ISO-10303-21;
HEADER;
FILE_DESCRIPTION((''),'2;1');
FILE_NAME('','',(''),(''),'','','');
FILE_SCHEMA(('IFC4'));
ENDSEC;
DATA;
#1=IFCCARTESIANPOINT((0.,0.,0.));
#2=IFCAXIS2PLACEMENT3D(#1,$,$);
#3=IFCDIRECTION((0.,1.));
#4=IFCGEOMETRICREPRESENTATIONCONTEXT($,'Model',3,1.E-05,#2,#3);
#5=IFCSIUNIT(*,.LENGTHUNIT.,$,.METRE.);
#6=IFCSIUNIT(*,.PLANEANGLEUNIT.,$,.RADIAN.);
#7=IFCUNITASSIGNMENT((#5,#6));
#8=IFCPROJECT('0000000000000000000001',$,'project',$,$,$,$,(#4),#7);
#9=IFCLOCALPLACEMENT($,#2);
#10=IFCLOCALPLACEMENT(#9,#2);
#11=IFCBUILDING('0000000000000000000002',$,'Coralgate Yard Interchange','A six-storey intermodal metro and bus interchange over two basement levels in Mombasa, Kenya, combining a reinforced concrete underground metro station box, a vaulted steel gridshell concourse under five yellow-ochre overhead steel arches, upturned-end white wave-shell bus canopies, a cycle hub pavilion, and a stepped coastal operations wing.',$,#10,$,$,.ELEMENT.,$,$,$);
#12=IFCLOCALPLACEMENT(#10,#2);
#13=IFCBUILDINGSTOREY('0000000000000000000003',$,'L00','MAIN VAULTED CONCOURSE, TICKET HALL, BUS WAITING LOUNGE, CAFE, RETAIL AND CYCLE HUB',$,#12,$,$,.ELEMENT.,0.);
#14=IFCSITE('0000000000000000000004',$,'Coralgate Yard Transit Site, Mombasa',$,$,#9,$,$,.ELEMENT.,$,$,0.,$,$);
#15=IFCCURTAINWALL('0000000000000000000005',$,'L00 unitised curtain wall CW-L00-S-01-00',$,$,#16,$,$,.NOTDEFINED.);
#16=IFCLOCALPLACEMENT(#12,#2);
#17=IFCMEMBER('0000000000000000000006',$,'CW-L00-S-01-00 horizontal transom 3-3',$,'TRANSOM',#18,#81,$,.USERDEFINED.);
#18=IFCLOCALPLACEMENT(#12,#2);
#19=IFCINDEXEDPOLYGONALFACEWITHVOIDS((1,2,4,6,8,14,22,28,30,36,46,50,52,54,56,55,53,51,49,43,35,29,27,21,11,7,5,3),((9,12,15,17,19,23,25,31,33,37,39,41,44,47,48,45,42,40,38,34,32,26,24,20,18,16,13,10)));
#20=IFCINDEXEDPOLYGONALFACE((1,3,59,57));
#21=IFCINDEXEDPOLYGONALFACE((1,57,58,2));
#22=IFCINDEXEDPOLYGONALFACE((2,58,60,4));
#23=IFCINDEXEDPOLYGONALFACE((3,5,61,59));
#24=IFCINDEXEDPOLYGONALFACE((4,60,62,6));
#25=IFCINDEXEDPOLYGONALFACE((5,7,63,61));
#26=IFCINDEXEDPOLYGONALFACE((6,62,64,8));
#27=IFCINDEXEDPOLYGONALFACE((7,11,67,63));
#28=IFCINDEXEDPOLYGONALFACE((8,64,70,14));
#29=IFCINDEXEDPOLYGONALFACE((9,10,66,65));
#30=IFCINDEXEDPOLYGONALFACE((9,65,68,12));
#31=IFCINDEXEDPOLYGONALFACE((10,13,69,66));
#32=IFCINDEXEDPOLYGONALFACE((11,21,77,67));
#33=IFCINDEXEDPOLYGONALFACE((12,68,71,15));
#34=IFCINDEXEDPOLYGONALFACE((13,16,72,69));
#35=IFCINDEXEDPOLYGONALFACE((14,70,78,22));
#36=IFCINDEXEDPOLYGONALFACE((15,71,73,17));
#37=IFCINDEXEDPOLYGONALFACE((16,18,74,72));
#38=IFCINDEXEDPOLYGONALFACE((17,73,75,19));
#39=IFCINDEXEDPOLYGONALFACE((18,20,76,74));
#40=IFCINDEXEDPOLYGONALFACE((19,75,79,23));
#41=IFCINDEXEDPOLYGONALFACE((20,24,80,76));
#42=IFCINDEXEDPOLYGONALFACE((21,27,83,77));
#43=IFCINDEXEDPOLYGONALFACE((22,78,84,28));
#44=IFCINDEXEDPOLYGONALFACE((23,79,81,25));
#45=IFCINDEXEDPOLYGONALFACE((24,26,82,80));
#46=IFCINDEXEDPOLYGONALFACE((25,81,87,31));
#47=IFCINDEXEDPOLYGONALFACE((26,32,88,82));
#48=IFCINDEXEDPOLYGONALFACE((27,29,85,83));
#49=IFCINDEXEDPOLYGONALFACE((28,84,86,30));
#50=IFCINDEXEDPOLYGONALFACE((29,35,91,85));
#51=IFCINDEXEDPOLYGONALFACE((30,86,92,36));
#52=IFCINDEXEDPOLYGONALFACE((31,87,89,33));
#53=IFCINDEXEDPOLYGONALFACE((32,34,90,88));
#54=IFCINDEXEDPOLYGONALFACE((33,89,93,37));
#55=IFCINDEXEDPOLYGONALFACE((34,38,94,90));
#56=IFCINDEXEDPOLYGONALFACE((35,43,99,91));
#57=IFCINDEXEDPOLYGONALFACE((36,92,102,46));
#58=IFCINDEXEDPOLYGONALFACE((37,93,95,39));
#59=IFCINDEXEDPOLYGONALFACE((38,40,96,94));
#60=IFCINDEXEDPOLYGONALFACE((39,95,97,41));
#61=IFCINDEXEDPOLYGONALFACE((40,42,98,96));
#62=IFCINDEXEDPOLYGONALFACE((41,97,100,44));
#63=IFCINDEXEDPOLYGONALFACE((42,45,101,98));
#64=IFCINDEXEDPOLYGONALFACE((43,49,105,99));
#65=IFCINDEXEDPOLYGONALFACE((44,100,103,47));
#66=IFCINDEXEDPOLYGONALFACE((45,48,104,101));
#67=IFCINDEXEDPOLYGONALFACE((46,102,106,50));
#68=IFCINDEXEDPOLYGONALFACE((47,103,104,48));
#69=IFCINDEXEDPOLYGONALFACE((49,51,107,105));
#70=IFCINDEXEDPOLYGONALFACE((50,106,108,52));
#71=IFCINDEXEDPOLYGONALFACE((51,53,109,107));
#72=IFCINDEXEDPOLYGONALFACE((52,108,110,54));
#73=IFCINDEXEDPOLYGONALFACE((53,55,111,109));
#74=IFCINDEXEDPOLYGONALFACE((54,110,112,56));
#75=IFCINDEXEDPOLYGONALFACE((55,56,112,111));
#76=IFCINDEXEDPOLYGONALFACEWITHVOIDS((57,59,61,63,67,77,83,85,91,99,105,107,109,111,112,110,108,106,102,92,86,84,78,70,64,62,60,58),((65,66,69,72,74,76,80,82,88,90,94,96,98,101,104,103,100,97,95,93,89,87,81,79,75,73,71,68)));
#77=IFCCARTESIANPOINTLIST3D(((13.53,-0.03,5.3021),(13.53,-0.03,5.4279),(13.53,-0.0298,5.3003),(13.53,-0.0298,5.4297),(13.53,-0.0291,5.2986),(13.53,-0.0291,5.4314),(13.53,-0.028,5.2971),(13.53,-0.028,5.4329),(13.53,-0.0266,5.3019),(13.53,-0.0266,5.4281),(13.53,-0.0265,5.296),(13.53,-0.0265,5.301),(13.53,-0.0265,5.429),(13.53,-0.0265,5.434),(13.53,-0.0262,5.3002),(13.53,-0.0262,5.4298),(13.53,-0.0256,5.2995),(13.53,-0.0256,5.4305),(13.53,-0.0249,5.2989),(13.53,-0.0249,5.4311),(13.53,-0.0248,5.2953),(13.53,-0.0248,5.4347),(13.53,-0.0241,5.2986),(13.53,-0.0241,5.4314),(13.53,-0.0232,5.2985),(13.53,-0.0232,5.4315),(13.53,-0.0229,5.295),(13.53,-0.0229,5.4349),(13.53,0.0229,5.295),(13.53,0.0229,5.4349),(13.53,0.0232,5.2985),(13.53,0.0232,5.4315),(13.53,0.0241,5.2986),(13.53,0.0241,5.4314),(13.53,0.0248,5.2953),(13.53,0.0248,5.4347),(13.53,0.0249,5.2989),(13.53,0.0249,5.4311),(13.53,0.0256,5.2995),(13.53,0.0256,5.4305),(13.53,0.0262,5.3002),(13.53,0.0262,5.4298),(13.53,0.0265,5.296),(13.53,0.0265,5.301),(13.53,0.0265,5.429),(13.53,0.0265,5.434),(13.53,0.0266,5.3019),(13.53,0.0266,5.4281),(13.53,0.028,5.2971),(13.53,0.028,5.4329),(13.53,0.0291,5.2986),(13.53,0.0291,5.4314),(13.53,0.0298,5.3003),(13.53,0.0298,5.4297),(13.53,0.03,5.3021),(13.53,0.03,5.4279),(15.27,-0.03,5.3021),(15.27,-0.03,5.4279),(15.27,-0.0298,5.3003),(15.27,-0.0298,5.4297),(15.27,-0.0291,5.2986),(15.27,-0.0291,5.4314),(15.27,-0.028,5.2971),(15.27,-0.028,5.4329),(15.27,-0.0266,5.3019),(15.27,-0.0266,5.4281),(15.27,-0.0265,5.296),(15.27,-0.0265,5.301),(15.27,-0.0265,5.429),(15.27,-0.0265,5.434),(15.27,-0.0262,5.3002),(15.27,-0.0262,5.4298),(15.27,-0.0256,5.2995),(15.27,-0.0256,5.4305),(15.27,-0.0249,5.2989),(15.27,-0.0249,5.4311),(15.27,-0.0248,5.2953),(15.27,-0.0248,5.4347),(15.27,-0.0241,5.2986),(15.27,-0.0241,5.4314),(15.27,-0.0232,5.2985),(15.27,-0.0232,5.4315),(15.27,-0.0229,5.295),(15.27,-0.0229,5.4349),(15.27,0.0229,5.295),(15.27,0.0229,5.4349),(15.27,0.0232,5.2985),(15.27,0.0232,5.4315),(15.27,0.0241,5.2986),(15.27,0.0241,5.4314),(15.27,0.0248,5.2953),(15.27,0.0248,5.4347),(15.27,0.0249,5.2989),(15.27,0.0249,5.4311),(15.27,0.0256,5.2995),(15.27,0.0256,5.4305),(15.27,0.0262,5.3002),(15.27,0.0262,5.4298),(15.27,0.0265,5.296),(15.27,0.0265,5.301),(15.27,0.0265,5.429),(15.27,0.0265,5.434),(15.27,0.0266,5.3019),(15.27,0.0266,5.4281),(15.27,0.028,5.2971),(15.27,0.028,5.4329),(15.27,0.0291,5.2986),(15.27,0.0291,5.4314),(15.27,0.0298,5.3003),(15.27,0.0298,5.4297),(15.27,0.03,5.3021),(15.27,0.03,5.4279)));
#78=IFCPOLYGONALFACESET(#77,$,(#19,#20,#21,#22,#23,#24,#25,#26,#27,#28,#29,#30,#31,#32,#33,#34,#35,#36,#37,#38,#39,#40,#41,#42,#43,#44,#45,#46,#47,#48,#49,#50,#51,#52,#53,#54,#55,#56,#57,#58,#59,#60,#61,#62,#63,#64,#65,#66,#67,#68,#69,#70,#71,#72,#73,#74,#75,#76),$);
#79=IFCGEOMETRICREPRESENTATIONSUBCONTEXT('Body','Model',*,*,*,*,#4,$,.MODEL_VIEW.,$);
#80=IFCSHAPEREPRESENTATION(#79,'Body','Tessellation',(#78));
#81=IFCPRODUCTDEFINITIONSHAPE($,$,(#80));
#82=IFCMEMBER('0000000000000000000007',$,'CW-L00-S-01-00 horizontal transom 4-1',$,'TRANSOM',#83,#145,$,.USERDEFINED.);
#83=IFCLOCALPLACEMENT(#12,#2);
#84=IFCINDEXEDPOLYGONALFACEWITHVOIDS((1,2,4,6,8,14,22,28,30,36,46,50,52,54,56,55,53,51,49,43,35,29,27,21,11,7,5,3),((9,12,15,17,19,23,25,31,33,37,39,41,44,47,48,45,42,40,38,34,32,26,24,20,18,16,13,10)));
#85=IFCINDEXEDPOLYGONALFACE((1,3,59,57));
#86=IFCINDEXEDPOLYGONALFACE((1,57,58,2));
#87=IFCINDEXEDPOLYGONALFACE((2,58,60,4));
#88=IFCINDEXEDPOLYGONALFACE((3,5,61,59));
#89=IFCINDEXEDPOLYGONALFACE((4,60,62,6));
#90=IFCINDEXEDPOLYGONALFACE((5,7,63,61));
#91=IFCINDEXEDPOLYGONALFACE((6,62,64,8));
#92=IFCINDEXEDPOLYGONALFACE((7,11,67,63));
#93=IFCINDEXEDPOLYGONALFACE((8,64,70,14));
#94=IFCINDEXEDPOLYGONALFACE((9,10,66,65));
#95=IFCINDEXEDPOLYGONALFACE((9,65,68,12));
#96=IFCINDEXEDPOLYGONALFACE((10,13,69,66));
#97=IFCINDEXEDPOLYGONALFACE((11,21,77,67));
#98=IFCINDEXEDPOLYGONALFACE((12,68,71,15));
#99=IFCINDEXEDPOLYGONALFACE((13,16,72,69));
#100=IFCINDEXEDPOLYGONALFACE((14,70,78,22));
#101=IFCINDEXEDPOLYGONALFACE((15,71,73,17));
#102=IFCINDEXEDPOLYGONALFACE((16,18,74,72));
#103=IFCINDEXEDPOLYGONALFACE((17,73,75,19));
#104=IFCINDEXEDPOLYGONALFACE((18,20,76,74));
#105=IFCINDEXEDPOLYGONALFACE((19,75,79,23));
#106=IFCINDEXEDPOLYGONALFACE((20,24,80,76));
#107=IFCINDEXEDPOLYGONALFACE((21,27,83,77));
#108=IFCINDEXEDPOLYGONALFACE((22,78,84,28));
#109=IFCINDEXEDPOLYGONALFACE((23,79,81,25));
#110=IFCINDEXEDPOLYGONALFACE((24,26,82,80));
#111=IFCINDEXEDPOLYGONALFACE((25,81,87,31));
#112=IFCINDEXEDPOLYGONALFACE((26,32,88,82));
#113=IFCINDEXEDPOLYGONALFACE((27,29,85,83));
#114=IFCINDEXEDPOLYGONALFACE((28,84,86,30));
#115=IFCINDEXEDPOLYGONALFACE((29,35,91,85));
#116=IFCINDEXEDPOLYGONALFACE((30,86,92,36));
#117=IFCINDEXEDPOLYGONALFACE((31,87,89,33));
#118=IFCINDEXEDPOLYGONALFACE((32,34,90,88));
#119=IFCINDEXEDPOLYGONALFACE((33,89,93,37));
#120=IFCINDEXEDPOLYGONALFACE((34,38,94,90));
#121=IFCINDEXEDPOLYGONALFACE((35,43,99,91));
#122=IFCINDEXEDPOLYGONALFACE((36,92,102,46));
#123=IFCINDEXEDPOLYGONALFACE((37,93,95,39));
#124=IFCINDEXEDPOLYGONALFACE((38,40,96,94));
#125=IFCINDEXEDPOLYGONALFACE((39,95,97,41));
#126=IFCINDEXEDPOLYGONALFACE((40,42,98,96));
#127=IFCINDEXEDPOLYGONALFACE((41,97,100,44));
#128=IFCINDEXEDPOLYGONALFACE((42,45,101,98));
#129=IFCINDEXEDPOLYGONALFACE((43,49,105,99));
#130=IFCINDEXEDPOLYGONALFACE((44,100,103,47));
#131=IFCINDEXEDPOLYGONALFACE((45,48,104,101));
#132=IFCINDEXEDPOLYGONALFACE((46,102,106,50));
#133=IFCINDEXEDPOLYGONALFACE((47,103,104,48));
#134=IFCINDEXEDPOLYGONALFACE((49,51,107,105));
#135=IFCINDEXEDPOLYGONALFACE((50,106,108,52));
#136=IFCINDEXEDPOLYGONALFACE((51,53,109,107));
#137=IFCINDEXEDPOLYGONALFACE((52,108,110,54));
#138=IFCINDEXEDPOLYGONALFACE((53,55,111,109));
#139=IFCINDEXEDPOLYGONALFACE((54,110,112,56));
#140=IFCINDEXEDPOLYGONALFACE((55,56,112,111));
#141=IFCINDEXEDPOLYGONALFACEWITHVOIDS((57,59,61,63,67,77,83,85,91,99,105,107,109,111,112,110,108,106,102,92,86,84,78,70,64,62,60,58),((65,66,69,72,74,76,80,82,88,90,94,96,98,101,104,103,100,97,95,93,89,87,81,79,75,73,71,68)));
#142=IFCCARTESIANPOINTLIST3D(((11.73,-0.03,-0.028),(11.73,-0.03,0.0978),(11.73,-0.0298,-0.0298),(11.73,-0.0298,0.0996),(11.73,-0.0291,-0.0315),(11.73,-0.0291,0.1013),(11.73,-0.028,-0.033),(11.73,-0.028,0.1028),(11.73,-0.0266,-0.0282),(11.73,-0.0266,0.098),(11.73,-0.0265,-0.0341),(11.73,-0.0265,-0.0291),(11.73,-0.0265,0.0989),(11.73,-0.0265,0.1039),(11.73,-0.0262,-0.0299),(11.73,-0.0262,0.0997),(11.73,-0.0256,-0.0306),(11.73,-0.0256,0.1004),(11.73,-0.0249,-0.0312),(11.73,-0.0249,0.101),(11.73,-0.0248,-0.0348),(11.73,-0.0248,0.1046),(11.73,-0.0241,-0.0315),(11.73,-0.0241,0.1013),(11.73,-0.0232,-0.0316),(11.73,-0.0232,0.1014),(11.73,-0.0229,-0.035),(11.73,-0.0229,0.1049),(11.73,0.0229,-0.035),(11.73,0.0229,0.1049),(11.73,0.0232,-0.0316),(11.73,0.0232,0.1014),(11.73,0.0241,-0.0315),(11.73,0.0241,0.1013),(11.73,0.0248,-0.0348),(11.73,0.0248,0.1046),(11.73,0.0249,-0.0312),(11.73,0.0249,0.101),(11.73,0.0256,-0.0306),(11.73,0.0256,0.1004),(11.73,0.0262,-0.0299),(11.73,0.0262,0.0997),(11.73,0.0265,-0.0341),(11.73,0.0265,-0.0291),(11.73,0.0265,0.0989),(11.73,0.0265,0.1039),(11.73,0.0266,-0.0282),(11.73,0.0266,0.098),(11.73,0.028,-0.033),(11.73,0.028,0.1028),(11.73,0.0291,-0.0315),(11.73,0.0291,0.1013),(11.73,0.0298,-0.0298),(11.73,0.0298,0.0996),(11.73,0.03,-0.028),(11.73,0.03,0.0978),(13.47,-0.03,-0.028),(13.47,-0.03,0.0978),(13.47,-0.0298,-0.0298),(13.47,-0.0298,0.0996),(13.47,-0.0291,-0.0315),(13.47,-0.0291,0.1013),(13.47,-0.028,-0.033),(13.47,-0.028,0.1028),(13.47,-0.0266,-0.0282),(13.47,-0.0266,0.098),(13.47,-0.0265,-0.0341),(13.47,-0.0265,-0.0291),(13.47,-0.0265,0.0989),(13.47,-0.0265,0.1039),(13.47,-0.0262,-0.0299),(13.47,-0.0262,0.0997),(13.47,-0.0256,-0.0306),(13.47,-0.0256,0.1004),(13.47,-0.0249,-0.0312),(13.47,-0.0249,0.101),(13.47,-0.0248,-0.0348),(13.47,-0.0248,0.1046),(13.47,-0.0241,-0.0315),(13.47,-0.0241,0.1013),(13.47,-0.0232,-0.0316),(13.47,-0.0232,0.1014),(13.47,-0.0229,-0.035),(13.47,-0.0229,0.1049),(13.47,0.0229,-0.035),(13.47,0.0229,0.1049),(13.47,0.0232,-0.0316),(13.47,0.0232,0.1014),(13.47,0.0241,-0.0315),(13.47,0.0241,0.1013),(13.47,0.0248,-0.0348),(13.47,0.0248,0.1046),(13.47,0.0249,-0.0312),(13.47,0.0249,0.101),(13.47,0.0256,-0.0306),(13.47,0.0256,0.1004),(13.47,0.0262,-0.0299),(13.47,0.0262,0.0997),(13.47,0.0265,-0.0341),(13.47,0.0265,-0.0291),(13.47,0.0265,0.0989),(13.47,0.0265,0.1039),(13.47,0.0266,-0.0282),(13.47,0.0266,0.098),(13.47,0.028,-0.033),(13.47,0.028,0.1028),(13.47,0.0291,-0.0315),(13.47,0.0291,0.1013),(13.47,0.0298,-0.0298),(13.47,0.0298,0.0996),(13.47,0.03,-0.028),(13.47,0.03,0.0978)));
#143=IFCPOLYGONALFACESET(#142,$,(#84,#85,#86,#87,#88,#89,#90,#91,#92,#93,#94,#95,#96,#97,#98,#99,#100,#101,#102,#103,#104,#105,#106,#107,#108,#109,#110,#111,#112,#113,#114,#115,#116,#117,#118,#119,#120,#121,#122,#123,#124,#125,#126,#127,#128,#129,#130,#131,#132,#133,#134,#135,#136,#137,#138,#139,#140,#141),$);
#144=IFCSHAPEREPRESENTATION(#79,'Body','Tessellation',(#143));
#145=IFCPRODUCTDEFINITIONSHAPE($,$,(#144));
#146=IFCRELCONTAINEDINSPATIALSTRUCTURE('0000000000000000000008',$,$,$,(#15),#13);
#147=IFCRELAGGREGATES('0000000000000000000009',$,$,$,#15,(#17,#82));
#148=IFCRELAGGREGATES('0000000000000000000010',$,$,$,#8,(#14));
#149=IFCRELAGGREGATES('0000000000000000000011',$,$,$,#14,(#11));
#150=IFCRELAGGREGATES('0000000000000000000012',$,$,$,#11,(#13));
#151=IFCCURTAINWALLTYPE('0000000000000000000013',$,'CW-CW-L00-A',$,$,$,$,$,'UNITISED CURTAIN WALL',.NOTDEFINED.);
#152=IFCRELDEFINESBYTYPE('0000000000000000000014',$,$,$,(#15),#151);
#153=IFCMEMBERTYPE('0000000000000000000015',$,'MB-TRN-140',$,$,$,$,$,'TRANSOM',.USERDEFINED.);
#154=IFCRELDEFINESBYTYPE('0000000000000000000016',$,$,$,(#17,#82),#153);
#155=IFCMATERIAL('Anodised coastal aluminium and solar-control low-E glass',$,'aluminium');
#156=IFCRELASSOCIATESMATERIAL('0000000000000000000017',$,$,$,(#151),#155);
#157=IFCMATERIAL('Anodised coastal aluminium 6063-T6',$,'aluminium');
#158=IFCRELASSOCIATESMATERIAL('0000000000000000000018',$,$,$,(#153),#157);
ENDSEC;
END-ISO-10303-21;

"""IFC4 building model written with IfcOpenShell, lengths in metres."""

from ifc_helpers import new_model, si_unit, direction, frame, origin, origin_2d, place, context, subcontext, project, spatial, hollow_rectangle, extrude, material, material_profile, profile_set, type_object, element, aggregate, save


model = new_model("IFC4")

# Units and contexts
model_context = context("Model", 3, precision=1e-05, world=origin(), true_north=direction((0.0, 1.0)))
body_context = subcontext(model_context, "Body", "Model", "MODEL_VIEW")
ifc_project = project(units=[si_unit("LENGTHUNIT", "METRE"), si_unit("PLANEANGLEUNIT", "RADIAN")], contexts=[model_context])

# Site, building, storey
site_placement = place(None, origin())
site = spatial("IfcSite", under=ifc_project, at=site_placement, Name="Coralgate Yard Transit Site, Mombasa", CompositionType="ELEMENT", RefElevation=0.0)
building_placement = place(site_placement, origin())
building = spatial("IfcBuilding", under=site, at=building_placement, Name="Coralgate Yard Interchange", Description="A six-storey intermodal metro and bus interchange over two basement levels in Mombasa, Kenya, combining a reinforced concrete underground metro station box, a vaulted steel gridshell concourse under five yellow-ochre overhead steel arches, upturned-end white wave-shell bus canopies, a cycle hub pavilion, and a stepped coastal operations wing.", CompositionType="ELEMENT")
storey_placement = place(building_placement, origin())
storey = spatial("IfcBuildingStorey", under=building, at=storey_placement, Name="L00", Description="MAIN VAULTED CONCOURSE, TICKET HALL, BUS WAITING LOUNGE, CAFE, RETAIL AND CYCLE HUB", CompositionType="ELEMENT", Elevation=0.0)

# Curtain wall, members
ifc_material_1 = material(Name="Anodised coastal aluminium and solar-control low-E glass", Category="aluminium")
curtain_wall_type = type_object("IfcCurtainWallType", Name="CW-CW-L00-A", ElementType="UNITISED CURTAIN WALL", PredefinedType="NOTDEFINED", material=ifc_material_1)
curtain_wall_placement = place(storey_placement, origin())
curtain_wall = element("IfcCurtainWall", 1, at=curtain_wall_placement, inside=storey, type_object=curtain_wall_type, Name="L00 unitised curtain wall CW-L00-S-01-00", PredefinedType="NOTDEFINED")
ifc_material_2 = material(Name="Anodised coastal aluminium 6063-T6", Category="aluminium")
ifc_material_profile_1 = material_profile(ifc_material_2, hollow_rectangle(XDim=0.0601, YDim=0.1399, WallThickness=0.0034, InnerFilletRadius=0.0034, OuterFilletRadius=0.0071, at=origin_2d()), Name="ALU 60x140x3.5")
ifc_profile_set_1 = profile_set([ifc_material_profile_1], Name="Anodised coastal aluminium 6063-T6")
member_type_1 = type_object("IfcMemberType", Name="MB-TRN-140", ElementType="TRANSOM", PredefinedType="USERDEFINED", material=ifc_profile_set_1)
member_1_placement = place(storey_placement, frame((15.27, 0.0, 5.365), z_axis=(-1.0, 0.0, 0.0), x_axis=(0.0, -1.0, 0.0)))
member_1 = element("IfcMember", 2, at=member_1_placement, type_object=member_type_1, Name="CW-L00-S-01-00 horizontal transom 3-3", ObjectType="TRANSOM", PredefinedType="USERDEFINED", context=body_context, shape_type="SweptSolid", body=[
    extrude(hollow_rectangle(XDim=0.0601, YDim=0.1399, WallThickness=0.0034, InnerFilletRadius=0.0034, OuterFilletRadius=0.0071, at=origin_2d()), origin(), (0.0, 0.0, 1.0), 1.74),
])
member_2_placement = place(storey_placement, frame((13.47, 0.0, 0.0349), z_axis=(-1.0, 0.0, 0.0), x_axis=(0.0, -1.0, 0.0)))
member_2 = element("IfcMember", 3, at=member_2_placement, type_object=member_type_1, Name="CW-L00-S-01-00 horizontal transom 4-1", ObjectType="TRANSOM", PredefinedType="USERDEFINED", context=body_context, shape_type="SweptSolid", body=[
    extrude(hollow_rectangle(XDim=0.0601, YDim=0.1399, WallThickness=0.0034, InnerFilletRadius=0.0034, OuterFilletRadius=0.0071, at=origin_2d()), origin(), (0.0, 0.0, 1.0), 1.74),
])
aggregate(curtain_wall, [member_1, member_2])

save(model, "model.ifc")
